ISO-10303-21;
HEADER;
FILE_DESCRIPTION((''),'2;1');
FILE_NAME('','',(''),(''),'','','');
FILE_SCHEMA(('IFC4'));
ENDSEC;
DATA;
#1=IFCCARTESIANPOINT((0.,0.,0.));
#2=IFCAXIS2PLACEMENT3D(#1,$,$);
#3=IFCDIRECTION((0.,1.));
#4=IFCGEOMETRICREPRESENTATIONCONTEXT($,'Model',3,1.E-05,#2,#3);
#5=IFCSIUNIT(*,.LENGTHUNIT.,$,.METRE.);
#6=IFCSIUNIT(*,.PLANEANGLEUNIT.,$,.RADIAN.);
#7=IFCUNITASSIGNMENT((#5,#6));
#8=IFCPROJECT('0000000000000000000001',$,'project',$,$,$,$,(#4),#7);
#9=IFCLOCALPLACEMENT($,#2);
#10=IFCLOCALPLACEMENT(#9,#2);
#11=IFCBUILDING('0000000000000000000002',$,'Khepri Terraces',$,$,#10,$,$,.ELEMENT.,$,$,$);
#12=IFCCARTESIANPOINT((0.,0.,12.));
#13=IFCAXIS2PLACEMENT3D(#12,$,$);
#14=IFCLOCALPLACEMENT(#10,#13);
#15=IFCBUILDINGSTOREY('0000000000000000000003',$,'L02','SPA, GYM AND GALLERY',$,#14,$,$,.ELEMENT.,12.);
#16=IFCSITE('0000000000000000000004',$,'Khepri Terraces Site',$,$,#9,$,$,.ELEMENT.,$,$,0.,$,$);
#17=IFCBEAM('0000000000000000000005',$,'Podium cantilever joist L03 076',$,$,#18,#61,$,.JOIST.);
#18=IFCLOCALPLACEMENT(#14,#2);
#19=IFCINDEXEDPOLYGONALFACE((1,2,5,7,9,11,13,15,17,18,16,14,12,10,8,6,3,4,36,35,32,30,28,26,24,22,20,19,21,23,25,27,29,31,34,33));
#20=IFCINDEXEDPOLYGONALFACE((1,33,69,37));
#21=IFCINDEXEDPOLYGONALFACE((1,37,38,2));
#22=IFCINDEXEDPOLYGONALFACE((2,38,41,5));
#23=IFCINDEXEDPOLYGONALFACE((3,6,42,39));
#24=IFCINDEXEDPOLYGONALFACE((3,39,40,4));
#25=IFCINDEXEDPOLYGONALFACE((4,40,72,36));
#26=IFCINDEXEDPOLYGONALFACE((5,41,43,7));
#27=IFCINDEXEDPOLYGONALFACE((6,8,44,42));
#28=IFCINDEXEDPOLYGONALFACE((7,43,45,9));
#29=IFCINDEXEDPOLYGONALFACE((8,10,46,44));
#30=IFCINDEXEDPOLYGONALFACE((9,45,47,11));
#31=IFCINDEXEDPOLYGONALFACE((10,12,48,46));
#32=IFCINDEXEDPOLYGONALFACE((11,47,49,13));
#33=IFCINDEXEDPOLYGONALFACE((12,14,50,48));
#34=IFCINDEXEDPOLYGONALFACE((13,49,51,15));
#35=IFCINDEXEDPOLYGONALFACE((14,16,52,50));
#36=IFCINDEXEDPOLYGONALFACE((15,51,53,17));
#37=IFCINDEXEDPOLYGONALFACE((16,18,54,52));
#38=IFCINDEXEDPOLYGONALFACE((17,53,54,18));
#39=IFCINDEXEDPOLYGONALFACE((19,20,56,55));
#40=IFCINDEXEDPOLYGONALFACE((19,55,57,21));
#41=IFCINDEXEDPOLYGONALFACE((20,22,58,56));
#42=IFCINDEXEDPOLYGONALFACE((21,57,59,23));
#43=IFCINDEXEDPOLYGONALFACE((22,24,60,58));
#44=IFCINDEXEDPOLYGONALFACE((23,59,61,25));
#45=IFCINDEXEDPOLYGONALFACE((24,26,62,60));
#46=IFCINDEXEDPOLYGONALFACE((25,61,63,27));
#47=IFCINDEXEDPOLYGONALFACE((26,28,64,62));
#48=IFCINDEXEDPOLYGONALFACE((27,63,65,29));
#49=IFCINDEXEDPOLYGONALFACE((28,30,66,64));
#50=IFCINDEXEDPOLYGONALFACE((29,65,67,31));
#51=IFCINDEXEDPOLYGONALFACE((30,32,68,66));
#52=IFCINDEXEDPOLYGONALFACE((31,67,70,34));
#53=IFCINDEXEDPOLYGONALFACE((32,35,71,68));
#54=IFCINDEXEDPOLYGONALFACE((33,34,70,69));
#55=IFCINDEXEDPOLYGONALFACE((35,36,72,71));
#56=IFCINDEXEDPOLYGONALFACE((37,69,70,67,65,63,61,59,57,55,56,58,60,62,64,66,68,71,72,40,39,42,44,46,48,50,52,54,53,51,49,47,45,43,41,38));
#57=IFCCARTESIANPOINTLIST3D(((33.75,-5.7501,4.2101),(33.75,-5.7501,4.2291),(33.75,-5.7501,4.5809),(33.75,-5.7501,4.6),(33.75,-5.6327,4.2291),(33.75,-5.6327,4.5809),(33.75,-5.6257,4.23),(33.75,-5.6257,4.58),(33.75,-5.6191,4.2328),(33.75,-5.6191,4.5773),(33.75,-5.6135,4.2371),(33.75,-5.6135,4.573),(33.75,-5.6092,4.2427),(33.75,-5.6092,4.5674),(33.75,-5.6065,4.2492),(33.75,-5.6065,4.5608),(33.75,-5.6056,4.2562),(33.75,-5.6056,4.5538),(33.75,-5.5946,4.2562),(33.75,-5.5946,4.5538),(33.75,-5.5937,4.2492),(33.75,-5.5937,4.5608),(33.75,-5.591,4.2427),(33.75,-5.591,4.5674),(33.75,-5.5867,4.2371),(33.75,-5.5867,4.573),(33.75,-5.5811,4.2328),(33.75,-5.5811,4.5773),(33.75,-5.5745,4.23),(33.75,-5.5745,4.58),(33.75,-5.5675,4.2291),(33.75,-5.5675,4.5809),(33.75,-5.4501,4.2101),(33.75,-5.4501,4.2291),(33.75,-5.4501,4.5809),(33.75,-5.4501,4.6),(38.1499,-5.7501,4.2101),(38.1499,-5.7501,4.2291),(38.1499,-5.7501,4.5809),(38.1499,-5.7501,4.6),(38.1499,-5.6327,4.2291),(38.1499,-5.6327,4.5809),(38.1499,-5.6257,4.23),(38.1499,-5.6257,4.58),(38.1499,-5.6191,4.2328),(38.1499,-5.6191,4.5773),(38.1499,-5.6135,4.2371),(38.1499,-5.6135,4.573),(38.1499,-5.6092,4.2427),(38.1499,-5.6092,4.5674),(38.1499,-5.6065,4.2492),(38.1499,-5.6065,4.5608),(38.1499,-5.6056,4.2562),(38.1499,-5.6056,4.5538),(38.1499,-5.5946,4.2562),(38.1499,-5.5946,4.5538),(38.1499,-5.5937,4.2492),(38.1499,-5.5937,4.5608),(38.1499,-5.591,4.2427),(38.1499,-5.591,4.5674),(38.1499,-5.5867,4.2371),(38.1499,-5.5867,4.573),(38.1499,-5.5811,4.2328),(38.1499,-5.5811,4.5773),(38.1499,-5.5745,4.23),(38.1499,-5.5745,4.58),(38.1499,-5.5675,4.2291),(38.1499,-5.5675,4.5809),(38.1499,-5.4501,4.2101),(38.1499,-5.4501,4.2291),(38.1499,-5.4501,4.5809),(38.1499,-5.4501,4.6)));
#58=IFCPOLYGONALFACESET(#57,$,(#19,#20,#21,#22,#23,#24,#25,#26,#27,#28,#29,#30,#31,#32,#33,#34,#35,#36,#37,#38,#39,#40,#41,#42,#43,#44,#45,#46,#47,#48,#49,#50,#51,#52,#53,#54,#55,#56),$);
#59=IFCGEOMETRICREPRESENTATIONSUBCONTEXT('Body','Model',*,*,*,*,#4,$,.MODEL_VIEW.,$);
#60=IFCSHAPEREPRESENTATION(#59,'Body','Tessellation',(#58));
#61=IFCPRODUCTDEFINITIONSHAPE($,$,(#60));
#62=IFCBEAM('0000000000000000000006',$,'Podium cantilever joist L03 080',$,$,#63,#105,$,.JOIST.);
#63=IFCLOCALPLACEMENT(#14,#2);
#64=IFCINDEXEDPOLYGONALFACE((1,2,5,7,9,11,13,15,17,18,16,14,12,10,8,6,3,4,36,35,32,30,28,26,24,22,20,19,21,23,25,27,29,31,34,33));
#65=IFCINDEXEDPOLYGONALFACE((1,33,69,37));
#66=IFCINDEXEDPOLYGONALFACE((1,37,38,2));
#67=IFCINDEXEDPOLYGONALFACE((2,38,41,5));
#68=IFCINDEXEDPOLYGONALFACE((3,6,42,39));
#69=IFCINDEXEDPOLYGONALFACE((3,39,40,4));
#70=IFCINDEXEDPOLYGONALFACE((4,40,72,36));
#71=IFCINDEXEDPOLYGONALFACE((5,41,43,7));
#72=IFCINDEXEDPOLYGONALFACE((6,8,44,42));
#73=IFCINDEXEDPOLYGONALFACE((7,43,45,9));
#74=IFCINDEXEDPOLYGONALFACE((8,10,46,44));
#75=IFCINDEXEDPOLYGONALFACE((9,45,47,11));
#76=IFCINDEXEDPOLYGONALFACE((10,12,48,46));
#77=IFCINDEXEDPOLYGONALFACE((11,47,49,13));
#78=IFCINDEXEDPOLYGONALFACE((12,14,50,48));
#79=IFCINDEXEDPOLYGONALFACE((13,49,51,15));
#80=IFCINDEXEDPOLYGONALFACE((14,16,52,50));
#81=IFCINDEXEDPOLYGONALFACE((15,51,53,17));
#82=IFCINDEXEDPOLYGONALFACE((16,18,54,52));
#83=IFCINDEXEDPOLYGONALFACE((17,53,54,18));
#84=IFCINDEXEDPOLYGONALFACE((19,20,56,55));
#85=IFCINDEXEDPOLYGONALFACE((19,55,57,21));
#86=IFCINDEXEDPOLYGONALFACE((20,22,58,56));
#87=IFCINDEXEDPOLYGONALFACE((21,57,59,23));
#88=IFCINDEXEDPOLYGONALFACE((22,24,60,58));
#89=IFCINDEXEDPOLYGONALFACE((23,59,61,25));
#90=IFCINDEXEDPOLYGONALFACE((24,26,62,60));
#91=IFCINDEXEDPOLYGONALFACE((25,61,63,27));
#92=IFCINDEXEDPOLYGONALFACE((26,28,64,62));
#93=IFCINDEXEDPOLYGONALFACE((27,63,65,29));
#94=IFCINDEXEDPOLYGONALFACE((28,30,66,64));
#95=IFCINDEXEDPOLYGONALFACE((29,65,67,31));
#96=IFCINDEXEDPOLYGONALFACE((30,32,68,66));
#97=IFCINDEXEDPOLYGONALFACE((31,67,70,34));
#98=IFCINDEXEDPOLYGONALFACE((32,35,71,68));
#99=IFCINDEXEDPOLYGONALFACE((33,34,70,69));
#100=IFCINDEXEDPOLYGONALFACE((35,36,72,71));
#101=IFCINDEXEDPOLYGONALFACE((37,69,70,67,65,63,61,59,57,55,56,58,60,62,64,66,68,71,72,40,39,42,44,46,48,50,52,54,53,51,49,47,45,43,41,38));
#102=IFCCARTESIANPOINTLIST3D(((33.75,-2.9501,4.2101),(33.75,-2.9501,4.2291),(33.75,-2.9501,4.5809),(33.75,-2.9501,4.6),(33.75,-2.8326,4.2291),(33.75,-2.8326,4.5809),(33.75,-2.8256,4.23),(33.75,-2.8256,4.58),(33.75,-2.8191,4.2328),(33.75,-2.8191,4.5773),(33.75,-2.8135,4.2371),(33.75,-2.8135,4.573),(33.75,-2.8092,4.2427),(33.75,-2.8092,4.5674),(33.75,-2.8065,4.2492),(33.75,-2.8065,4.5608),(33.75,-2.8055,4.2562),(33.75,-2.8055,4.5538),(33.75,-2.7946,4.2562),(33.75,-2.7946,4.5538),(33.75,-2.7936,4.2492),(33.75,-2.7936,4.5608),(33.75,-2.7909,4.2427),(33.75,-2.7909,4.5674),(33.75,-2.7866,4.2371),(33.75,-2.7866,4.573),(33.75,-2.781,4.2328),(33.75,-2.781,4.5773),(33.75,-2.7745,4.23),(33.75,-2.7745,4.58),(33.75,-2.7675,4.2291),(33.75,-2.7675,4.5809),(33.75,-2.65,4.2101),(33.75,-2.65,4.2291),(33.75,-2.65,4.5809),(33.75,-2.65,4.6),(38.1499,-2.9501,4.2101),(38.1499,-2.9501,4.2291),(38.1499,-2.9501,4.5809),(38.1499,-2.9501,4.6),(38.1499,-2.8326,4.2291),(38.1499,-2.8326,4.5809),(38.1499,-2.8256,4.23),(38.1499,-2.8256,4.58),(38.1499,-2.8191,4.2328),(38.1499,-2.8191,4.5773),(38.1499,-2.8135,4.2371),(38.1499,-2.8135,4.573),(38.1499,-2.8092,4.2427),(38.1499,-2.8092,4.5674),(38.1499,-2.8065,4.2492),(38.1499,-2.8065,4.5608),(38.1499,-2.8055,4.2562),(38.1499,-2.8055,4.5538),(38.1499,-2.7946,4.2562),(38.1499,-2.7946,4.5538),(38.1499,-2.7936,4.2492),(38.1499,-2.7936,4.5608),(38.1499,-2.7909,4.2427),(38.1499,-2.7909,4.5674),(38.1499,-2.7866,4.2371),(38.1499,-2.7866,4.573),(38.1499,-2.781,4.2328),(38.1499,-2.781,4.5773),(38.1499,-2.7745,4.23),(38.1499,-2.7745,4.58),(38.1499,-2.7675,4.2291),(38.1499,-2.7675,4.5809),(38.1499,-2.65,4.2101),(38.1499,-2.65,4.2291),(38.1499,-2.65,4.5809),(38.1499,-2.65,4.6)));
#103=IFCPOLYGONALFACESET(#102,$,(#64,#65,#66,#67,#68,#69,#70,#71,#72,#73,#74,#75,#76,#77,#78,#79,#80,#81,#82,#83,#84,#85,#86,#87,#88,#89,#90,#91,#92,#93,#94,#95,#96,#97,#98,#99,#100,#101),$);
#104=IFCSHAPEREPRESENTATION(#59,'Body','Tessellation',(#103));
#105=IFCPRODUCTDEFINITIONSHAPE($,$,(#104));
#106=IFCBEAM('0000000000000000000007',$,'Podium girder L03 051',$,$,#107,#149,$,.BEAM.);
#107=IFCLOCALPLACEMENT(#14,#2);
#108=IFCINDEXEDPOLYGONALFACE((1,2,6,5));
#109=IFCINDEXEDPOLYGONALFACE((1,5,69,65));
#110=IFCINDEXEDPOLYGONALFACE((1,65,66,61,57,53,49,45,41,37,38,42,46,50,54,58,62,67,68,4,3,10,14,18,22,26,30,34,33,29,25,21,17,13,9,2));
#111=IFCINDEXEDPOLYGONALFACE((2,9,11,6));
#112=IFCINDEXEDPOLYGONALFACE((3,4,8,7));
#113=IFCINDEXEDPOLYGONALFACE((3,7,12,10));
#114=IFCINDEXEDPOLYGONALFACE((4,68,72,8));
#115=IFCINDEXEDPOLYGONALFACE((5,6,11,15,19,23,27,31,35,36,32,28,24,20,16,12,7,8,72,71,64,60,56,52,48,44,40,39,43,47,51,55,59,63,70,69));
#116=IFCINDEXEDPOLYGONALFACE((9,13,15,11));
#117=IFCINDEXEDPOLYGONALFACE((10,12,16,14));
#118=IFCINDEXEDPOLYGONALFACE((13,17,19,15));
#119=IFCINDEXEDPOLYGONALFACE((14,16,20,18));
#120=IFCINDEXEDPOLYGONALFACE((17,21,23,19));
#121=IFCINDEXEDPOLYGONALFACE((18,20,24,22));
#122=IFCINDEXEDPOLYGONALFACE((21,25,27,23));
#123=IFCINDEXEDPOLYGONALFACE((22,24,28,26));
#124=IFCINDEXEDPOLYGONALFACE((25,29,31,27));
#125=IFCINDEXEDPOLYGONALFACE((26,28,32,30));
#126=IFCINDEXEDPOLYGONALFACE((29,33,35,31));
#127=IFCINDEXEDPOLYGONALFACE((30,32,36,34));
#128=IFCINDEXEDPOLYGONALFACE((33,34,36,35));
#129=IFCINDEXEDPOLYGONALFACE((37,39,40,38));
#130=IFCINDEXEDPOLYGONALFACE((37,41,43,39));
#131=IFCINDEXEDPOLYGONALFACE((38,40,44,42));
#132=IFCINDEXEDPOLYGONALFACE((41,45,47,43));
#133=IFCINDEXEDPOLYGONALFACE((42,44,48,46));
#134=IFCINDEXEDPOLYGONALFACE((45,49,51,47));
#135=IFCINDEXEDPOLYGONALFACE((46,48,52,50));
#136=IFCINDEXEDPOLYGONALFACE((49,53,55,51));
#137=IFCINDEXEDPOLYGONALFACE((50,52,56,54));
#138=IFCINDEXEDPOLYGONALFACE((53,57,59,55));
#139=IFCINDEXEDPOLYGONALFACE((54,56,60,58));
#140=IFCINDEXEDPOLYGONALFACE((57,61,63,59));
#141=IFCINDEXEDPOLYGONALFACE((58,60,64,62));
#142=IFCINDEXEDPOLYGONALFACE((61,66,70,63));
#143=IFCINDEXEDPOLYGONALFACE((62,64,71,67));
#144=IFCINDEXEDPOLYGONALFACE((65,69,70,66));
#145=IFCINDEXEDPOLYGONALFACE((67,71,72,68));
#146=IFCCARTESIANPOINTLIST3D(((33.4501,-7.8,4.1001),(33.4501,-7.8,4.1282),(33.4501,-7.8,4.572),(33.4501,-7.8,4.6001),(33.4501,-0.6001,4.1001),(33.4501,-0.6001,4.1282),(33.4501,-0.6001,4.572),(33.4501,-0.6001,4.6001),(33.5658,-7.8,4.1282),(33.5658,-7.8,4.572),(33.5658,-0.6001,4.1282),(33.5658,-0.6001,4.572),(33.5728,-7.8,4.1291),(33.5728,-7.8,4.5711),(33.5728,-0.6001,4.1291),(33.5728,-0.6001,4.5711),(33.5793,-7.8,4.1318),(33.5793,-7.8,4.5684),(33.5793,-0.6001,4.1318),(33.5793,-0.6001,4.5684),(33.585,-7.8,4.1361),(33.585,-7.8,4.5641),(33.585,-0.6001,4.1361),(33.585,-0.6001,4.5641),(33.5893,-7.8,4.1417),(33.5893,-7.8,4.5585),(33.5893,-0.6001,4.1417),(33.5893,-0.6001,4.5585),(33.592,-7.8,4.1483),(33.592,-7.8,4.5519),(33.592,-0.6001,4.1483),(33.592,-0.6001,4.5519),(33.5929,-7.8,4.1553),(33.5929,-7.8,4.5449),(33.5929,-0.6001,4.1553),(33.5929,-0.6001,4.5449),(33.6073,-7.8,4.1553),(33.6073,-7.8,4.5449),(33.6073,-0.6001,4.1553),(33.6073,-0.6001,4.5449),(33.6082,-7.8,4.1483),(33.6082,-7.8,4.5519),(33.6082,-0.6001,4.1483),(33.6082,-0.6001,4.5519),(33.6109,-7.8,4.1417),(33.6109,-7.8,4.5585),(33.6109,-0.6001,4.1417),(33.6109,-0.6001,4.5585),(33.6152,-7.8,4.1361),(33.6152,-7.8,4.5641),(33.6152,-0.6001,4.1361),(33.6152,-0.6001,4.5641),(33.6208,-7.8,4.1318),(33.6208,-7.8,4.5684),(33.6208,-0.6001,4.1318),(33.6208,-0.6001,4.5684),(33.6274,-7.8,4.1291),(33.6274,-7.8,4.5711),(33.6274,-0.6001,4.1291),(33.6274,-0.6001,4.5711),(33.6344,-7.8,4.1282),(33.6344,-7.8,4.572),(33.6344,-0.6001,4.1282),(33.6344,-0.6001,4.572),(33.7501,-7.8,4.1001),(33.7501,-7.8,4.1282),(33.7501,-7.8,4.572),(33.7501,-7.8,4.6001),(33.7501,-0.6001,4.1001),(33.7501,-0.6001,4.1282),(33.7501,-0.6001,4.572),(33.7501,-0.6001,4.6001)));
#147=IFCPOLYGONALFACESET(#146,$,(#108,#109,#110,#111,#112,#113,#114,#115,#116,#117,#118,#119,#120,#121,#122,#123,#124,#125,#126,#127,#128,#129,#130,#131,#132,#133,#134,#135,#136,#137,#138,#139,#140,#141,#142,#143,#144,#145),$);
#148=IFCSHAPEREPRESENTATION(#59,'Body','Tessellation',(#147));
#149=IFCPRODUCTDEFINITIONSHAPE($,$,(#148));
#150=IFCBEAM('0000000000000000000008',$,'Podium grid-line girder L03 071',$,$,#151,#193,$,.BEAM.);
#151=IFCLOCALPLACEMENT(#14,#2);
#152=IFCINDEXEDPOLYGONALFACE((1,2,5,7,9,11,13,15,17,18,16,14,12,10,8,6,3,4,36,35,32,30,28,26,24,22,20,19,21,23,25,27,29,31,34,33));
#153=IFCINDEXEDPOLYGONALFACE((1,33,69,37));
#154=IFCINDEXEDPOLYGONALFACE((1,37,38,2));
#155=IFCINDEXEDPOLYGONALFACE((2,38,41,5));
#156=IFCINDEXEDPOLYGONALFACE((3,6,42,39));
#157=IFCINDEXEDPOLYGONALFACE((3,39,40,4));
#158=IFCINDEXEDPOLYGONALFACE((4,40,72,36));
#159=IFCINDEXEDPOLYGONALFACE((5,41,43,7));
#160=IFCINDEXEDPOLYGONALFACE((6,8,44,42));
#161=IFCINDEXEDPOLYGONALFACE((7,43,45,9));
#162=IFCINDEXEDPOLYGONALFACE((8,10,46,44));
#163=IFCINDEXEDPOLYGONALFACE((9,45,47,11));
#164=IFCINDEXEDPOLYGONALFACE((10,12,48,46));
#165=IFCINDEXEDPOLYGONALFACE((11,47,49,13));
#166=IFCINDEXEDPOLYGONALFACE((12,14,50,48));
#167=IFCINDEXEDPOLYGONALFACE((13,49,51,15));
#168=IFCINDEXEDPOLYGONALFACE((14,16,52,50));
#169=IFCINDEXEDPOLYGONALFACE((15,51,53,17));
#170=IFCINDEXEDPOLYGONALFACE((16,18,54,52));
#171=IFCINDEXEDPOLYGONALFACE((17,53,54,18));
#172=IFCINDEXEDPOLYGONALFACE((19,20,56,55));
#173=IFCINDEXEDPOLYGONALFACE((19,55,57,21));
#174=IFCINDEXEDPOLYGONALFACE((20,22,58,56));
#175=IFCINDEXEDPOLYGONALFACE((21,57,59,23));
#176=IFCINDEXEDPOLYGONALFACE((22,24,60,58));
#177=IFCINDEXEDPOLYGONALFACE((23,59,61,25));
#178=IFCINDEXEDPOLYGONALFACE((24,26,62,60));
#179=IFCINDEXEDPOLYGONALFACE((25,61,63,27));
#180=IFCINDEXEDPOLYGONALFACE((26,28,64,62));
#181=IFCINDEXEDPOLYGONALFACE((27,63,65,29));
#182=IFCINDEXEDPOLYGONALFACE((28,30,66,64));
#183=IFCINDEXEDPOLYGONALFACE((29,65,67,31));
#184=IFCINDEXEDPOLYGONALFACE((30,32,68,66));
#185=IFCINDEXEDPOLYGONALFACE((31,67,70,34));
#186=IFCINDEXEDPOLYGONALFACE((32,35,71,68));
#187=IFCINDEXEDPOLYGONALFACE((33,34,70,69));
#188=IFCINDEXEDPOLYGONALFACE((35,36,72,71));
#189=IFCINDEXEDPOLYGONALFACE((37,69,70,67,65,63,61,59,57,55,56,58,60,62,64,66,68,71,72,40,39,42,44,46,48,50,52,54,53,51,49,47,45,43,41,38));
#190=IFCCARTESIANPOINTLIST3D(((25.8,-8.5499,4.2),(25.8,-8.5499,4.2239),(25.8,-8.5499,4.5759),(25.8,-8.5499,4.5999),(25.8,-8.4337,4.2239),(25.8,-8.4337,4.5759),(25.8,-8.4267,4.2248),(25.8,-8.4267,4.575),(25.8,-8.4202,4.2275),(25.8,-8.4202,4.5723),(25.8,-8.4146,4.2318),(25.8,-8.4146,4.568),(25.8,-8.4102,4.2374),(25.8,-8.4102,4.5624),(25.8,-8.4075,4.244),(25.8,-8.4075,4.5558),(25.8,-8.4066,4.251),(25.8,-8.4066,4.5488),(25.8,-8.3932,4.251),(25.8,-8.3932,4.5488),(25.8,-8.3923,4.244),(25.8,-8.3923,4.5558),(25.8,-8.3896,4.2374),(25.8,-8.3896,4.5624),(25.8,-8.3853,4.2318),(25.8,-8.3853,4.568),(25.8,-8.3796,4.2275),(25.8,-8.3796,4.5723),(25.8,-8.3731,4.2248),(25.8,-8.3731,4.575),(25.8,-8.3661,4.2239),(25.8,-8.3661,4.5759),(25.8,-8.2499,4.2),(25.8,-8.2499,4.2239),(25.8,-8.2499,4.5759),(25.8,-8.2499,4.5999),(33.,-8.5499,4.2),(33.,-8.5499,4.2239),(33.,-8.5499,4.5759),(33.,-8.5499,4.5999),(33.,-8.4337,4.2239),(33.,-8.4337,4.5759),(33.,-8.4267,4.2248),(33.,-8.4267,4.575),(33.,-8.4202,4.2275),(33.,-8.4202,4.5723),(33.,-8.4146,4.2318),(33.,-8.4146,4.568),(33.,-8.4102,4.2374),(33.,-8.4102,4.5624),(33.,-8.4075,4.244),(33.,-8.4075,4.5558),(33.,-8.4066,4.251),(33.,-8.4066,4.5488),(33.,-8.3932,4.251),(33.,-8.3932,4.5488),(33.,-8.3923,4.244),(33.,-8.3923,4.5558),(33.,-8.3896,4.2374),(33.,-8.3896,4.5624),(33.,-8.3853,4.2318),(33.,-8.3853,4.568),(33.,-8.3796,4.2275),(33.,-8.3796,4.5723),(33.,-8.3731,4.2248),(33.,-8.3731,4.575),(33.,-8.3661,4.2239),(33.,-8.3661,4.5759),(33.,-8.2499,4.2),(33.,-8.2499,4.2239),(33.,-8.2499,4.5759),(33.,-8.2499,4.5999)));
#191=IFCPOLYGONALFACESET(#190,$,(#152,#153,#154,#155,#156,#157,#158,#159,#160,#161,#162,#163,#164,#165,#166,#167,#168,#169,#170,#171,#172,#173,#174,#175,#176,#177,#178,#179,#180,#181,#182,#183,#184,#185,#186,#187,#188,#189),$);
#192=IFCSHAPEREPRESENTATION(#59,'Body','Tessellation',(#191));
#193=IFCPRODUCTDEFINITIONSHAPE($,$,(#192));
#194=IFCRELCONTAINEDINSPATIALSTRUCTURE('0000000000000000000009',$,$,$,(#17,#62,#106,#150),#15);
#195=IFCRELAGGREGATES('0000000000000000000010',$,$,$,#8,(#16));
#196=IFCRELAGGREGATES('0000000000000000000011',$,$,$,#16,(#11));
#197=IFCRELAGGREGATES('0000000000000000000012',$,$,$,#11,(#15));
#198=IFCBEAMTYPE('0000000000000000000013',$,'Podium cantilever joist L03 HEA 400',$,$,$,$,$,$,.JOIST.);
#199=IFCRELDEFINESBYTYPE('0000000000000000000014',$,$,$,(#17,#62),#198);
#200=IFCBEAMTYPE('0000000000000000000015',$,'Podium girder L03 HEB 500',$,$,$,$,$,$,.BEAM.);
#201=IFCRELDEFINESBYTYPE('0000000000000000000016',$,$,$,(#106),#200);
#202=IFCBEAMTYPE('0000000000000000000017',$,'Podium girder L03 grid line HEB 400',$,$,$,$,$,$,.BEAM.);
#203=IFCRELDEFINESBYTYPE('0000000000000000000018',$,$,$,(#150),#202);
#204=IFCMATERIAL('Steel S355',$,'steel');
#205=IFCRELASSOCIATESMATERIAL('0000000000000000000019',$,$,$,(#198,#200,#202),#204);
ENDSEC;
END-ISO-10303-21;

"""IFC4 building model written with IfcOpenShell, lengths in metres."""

from ifc_helpers import new_model, si_unit, direction, frame, origin, origin_2d, place, context, subcontext, project, spatial, i_section, extrude, material, material_profile, profile_set, type_object, element, save


model = new_model("IFC4")

# Units and contexts
model_context = context("Model", 3, precision=1e-05, world=origin(), true_north=direction((0.0, 1.0)))
body_context = subcontext(model_context, "Body", "Model", "MODEL_VIEW")
ifc_project = project(units=[si_unit("LENGTHUNIT", "METRE"), si_unit("PLANEANGLEUNIT", "RADIAN")], contexts=[model_context])

# Site, building, storey
site_placement = place(None, origin())
site = spatial("IfcSite", under=ifc_project, at=site_placement, Name="Khepri Terraces Site", CompositionType="ELEMENT", RefElevation=0.0)
building_placement = place(site_placement, origin())
building = spatial("IfcBuilding", under=site, at=building_placement, Name="Khepri Terraces", CompositionType="ELEMENT")
storey_placement = place(building_placement, frame((0.0, 0.0, 12.0)))
storey = spatial("IfcBuildingStorey", under=building, at=storey_placement, Name="L02", Description="SPA, GYM AND GALLERY", CompositionType="ELEMENT", Elevation=12.0)

# Beams
ifc_material_1 = material(Name="Steel S355", Category="steel")
ifc_material_profile_1 = material_profile(ifc_material_1, i_section(OverallWidth=0.3, OverallDepth=0.3899, WebThickness=0.011, FlangeThickness=0.019, FilletRadius=0.0271, at=origin_2d()), Name="Steel S355", Category="steel")
ifc_profile_set_1 = profile_set([ifc_material_profile_1], Name="Steel S355")
beam_type_1 = type_object("IfcBeamType", Name="Podium cantilever joist L03 HEA 400", PredefinedType="JOIST", material=ifc_profile_set_1)
for number, where, z_axis, x_axis, name in (
    (1, (33.75, -5.6001, 4.405), (1.0, 0.0, 0.0), (0.0, 1.0, 0.0), "Podium cantilever joist L03 076"),
    (2, (33.75, -2.8, 4.405), (1.0, 0.0, 0.0), (0.0, 1.0, 0.0), "Podium cantilever joist L03 080"),
):
    element("IfcBeam", number, at=place(storey_placement, frame(where, z_axis=z_axis, x_axis=x_axis)), inside=storey, type_object=beam_type_1, Name=name, PredefinedType="JOIST", context=body_context, shape_type="SweptSolid", body=[
        extrude(i_section(OverallWidth=0.3, OverallDepth=0.3899, WebThickness=0.011, FlangeThickness=0.019, FilletRadius=0.0271, at=origin_2d()), origin(), (0.0, 0.0, 1.0), 4.3999),
    ])
ifc_material_profile_2 = material_profile(ifc_material_1, i_section(OverallWidth=0.3, OverallDepth=0.5, WebThickness=0.0144, FlangeThickness=0.0281, FilletRadius=0.0271, at=origin_2d()), Name="Steel S355", Category="steel")
ifc_profile_set_2 = profile_set([ifc_material_profile_2], Name="Steel S355")
beam_type_2 = type_object("IfcBeamType", Name="Podium girder L03 HEB 500", PredefinedType="BEAM", material=ifc_profile_set_2)
beam_1_placement = place(storey_placement, frame((33.6001, -7.8, 4.3501), z_axis=(0.0, 1.0, 0.0), x_axis=(-1.0, 0.0, 0.0)))
element("IfcBeam", 3, at=beam_1_placement, inside=storey, type_object=beam_type_2, Name="Podium girder L03 051", PredefinedType="BEAM", context=body_context, shape_type="SweptSolid", body=[
    extrude(i_section(OverallWidth=0.3, OverallDepth=0.5, WebThickness=0.0144, FlangeThickness=0.0281, FilletRadius=0.0271, at=origin_2d()), origin(), (0.0, 0.0, 1.0), 7.2),
])
ifc_material_profile_3 = material_profile(ifc_material_1, i_section(OverallWidth=0.3, OverallDepth=0.3999, WebThickness=0.0134, FlangeThickness=0.0239, FilletRadius=0.0271, at=origin_2d()), Name="Steel S355", Category="steel")
ifc_profile_set_3 = profile_set([ifc_material_profile_3], Name="Steel S355")
beam_type_3 = type_object("IfcBeamType", Name="Podium girder L03 grid line HEB 400", PredefinedType="BEAM", material=ifc_profile_set_3)
beam_2_placement = place(storey_placement, frame((25.8, -8.3999, 4.3999), z_axis=(1.0, 0.0, 0.0), x_axis=(0.0, 1.0, 0.0)))
element("IfcBeam", 4, at=beam_2_placement, inside=storey, type_object=beam_type_3, Name="Podium grid-line girder L03 071", PredefinedType="BEAM", context=body_context, shape_type="SweptSolid", body=[
    extrude(i_section(OverallWidth=0.3, OverallDepth=0.3999, WebThickness=0.0134, FlangeThickness=0.0239, FilletRadius=0.0271, at=origin_2d()), origin(), (0.0, 0.0, 1.0), 7.2),
])

save(model, "model.ifc")
